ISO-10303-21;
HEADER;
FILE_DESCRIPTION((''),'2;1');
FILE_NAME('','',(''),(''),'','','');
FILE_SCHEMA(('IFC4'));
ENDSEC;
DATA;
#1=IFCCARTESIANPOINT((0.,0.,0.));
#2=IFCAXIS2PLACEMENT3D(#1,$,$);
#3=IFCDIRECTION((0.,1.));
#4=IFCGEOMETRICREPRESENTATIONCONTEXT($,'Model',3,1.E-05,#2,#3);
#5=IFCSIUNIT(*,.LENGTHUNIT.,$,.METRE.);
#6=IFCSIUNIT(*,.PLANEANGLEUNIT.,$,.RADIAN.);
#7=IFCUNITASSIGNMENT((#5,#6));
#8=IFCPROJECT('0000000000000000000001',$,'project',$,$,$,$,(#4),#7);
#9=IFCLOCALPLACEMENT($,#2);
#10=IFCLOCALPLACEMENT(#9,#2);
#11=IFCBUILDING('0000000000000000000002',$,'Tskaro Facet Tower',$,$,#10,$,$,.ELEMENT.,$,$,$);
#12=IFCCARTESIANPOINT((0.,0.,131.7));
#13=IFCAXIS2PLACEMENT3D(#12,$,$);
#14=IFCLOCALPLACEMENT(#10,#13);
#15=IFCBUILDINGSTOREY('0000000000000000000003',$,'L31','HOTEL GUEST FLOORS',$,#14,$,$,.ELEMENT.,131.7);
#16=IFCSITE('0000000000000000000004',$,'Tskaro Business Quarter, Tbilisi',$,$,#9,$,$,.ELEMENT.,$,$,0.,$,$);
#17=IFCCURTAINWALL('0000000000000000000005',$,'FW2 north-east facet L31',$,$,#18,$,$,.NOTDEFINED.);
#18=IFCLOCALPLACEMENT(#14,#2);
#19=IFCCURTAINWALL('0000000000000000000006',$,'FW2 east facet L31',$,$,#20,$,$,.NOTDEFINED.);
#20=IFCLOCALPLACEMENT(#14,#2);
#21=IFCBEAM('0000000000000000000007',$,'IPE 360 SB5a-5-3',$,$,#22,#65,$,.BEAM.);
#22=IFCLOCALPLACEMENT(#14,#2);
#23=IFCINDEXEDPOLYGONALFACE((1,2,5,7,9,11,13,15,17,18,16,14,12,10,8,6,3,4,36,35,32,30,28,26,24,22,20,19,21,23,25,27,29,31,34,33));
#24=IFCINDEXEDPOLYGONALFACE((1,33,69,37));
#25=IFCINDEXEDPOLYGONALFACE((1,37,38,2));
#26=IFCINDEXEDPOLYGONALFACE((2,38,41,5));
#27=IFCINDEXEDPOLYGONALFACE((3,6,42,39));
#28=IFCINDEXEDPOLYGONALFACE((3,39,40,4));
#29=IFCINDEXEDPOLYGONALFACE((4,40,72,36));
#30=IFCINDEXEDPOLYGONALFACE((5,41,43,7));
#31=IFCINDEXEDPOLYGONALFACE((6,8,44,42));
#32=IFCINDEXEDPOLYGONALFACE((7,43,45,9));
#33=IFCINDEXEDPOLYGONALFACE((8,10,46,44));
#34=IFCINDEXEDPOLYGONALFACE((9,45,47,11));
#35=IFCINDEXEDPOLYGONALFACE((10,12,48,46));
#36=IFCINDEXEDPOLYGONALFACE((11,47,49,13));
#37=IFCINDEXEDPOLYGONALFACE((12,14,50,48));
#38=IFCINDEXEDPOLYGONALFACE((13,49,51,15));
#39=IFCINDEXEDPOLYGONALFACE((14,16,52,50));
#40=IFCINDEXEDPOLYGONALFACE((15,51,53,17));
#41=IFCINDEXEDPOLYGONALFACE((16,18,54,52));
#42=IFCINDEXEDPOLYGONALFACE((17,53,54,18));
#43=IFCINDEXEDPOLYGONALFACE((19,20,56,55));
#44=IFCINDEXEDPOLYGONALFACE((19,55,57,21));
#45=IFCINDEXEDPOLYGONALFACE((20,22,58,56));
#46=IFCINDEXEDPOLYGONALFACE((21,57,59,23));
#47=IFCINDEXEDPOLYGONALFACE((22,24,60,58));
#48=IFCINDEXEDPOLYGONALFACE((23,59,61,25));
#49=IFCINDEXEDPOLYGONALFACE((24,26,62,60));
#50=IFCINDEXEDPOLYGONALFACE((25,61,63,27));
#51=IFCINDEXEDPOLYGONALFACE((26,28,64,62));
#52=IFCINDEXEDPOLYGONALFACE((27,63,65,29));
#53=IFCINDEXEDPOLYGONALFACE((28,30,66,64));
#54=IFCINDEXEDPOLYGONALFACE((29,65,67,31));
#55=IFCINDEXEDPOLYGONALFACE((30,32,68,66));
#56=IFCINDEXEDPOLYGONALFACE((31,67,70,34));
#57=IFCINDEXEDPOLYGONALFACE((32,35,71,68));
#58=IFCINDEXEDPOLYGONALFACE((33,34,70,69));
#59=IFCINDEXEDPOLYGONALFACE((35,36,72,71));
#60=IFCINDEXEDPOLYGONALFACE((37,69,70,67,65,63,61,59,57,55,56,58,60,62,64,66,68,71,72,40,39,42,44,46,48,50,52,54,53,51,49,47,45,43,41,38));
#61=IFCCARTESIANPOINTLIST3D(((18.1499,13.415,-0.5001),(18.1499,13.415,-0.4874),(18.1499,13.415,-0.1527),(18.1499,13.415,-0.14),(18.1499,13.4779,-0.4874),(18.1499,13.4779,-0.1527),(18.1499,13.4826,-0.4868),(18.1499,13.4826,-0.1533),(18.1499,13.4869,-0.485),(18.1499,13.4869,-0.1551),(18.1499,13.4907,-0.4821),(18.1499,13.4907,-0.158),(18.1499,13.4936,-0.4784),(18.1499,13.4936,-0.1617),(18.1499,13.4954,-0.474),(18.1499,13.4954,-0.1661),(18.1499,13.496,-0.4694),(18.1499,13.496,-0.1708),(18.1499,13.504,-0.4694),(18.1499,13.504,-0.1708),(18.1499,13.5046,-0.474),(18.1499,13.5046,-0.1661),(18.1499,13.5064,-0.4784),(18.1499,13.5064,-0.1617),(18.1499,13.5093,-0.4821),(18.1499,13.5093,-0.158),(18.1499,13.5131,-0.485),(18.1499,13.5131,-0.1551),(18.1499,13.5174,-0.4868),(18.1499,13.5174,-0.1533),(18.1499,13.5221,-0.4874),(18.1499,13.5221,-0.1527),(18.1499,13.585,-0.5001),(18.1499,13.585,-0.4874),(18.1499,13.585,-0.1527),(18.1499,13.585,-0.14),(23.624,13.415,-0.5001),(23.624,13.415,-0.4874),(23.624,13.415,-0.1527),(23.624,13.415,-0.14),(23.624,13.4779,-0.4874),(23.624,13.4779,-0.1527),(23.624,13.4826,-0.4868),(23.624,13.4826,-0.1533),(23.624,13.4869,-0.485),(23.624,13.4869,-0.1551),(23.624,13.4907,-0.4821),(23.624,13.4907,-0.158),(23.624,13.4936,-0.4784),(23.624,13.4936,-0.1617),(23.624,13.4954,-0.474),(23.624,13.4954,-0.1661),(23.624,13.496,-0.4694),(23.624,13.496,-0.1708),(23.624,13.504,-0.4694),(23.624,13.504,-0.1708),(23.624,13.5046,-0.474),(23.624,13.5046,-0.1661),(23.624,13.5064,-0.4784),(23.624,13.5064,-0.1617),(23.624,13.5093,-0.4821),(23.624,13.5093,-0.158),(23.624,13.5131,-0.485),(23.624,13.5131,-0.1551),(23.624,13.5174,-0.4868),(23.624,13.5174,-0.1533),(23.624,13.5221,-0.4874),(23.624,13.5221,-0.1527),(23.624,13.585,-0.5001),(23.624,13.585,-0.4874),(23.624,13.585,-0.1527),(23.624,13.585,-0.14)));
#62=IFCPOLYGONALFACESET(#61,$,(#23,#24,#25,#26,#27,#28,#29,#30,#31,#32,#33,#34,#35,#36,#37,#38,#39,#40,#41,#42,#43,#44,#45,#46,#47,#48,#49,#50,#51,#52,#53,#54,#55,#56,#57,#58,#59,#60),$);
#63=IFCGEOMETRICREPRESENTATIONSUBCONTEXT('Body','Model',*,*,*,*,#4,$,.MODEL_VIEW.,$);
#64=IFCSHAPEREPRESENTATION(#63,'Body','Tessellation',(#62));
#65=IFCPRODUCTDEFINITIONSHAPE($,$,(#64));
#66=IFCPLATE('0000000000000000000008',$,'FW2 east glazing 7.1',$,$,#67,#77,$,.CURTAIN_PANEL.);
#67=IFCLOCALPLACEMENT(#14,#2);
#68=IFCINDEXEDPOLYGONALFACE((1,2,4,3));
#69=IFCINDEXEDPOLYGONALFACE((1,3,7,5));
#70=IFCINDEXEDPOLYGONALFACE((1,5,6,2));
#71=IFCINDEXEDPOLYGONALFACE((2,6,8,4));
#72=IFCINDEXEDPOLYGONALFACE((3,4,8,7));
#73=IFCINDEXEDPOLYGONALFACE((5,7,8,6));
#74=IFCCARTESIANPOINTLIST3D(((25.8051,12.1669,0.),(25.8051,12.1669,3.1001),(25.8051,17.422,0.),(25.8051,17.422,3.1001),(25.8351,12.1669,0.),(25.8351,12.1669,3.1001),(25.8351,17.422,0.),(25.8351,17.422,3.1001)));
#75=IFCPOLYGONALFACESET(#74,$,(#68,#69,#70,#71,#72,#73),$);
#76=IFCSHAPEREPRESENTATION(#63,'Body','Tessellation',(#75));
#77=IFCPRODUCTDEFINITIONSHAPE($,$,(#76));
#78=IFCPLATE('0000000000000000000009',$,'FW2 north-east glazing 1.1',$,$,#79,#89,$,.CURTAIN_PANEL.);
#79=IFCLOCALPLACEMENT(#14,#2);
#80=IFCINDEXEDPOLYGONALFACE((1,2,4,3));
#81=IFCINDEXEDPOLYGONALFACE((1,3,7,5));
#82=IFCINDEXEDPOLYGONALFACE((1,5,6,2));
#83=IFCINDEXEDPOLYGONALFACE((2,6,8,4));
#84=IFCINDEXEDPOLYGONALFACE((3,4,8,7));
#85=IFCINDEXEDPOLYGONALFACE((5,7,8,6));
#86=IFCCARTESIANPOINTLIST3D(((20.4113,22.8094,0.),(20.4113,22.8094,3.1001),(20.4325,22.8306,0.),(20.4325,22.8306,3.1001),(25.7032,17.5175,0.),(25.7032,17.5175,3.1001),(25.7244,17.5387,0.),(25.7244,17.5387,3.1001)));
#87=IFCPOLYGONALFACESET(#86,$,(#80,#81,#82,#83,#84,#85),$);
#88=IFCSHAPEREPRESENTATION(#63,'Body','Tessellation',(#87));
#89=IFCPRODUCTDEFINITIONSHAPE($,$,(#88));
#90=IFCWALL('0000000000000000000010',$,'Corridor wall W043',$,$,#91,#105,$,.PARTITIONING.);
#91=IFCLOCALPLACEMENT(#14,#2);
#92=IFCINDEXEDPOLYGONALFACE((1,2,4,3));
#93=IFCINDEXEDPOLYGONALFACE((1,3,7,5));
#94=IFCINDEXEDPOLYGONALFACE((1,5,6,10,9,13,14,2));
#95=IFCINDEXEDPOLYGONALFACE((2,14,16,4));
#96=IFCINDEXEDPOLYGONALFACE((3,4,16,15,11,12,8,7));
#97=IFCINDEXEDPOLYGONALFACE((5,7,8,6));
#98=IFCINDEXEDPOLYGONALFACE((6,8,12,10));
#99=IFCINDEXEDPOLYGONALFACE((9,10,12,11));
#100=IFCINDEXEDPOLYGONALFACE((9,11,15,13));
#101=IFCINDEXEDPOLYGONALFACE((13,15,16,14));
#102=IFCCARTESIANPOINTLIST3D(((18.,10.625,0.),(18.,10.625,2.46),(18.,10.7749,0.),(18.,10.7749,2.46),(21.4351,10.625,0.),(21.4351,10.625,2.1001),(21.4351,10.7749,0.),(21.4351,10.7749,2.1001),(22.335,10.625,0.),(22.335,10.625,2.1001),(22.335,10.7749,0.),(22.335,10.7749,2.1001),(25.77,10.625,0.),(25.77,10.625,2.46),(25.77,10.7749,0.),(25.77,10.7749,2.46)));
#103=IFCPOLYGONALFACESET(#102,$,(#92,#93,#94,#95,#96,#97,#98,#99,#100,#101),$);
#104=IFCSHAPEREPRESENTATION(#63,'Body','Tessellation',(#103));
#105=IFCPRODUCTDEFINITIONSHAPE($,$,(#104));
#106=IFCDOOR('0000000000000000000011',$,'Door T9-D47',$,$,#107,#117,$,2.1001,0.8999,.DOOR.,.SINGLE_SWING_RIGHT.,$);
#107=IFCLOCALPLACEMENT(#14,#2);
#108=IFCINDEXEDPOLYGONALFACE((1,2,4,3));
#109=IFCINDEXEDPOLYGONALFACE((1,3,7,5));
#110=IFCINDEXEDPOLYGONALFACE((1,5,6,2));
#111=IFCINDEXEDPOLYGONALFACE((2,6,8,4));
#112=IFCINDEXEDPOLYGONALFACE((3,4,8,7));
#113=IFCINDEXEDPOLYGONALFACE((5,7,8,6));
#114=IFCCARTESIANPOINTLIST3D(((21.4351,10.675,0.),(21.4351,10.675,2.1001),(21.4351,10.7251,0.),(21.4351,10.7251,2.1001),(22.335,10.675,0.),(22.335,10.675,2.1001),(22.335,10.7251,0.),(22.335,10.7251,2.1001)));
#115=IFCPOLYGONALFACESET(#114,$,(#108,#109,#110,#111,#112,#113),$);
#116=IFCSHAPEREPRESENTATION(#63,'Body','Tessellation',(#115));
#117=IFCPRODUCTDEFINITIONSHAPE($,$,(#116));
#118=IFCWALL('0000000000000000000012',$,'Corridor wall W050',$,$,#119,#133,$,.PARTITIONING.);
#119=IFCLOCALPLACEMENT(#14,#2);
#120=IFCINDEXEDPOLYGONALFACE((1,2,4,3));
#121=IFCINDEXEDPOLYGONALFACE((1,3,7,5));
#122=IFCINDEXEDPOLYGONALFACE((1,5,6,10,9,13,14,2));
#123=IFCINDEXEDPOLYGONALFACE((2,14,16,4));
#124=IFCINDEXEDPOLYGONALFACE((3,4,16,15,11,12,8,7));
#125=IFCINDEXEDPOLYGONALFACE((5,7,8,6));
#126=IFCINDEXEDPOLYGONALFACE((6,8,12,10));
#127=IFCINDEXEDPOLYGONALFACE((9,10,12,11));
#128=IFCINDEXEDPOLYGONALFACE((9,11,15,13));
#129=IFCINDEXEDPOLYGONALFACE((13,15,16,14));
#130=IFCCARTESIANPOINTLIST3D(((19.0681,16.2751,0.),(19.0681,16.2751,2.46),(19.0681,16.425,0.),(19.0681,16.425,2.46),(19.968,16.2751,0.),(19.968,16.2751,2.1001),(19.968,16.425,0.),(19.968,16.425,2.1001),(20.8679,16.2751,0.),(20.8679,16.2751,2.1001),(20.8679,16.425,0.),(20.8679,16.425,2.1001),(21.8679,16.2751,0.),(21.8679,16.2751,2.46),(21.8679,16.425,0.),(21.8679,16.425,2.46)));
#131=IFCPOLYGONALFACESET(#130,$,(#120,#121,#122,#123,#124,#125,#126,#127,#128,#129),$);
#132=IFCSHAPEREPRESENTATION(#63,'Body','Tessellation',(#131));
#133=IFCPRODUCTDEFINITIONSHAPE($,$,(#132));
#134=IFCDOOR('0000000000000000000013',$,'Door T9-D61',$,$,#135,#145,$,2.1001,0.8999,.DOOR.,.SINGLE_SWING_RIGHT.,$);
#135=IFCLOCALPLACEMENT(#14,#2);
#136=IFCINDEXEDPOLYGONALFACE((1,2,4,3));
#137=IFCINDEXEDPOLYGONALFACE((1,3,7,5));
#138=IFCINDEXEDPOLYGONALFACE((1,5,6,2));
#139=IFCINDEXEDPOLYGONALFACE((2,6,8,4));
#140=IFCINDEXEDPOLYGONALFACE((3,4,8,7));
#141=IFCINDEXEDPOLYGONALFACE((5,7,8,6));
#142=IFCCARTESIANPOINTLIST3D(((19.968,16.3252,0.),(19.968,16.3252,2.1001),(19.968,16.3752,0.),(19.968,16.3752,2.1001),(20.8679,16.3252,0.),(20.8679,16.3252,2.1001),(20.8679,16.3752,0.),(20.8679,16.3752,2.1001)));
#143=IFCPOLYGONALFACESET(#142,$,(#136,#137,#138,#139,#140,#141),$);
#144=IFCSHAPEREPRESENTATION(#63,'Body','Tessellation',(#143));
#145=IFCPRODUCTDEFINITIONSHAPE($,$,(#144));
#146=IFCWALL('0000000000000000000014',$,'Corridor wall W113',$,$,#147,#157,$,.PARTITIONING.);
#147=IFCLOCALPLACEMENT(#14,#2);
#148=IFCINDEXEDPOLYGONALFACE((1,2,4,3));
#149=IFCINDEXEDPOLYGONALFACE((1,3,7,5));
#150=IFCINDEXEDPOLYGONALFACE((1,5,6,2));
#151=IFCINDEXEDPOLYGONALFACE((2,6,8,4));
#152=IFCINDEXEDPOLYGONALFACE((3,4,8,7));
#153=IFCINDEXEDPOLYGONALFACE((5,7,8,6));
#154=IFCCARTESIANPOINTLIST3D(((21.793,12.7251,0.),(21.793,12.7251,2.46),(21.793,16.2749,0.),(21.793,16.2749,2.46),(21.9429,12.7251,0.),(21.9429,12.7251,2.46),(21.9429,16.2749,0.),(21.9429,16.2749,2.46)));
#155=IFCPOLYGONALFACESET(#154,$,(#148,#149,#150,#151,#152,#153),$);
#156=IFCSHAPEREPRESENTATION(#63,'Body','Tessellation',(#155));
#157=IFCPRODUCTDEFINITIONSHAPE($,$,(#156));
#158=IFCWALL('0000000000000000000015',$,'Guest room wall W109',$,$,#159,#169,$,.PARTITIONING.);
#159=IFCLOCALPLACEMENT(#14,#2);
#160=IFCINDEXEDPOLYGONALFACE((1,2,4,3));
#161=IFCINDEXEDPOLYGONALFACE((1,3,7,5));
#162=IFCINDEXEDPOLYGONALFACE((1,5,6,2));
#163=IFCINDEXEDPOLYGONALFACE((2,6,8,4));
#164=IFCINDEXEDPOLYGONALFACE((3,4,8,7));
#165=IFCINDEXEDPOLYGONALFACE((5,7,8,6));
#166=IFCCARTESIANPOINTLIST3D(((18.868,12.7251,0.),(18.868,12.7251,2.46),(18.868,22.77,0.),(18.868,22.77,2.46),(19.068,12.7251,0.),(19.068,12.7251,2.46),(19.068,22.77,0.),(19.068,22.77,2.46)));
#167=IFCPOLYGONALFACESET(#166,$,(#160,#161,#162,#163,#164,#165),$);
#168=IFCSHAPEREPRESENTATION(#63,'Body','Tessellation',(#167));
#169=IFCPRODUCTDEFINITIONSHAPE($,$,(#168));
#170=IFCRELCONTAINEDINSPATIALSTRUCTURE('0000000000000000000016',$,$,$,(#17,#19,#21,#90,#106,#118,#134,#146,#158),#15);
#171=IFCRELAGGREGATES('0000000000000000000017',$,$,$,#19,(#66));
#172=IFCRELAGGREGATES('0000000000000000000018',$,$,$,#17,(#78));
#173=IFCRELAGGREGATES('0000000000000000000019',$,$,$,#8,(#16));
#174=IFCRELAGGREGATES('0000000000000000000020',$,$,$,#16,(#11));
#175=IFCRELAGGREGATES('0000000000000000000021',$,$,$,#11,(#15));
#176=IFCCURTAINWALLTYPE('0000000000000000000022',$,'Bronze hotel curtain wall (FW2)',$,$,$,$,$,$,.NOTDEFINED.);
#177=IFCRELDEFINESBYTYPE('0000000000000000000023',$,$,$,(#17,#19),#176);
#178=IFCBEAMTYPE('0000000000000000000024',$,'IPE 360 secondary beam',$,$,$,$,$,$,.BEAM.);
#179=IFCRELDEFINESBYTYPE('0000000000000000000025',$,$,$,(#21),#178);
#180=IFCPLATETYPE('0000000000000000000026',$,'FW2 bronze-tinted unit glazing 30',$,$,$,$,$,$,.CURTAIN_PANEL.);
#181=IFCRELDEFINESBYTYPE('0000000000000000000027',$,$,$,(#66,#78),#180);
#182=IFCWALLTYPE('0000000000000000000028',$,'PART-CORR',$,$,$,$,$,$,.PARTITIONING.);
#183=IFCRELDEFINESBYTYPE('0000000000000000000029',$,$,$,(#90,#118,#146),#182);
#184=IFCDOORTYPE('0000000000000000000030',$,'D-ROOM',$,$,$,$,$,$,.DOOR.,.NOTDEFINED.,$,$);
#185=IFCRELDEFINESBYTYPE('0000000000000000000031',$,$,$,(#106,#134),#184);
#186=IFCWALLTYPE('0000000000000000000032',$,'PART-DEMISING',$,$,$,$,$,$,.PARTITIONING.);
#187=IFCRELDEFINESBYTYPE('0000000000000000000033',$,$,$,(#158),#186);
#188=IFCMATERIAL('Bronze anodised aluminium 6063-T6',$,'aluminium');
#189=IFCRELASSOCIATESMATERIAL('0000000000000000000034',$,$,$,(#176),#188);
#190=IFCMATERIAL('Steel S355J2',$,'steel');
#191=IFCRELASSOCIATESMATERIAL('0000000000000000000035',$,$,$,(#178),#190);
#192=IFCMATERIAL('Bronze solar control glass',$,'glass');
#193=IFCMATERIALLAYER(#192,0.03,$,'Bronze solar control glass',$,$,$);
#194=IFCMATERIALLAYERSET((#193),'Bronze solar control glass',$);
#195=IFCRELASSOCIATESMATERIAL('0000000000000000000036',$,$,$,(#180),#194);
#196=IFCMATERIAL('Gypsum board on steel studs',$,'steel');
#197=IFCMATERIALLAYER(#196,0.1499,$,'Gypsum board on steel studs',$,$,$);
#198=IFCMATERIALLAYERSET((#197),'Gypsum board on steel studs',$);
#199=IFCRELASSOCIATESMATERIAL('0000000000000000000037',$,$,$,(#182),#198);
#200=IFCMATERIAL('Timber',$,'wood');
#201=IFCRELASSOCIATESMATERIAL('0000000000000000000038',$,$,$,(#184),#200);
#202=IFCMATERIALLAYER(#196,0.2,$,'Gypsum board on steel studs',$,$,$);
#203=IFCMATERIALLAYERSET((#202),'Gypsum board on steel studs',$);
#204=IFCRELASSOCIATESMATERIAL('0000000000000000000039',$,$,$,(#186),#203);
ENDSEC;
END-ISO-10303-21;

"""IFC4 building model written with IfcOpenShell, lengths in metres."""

from ifc_helpers import new_model, si_unit, direction, frame, frame_2d, origin, origin_2d, place, context, subcontext, project, spatial, rectangle, i_section, extrude, material, layer, layer_set, material_profile, profile_set, type_object, element, fill, aggregate, save


model = new_model("IFC4")

# Units and contexts
model_context = context("Model", 3, precision=1e-05, world=origin(), true_north=direction((0.0, 1.0)))
body_context = subcontext(model_context, "Body", "Model", "MODEL_VIEW")
ifc_project = project(units=[si_unit("LENGTHUNIT", "METRE"), si_unit("PLANEANGLEUNIT", "RADIAN")], contexts=[model_context])

# Site, building, storey
site_placement = place(None, origin())
site = spatial("IfcSite", under=ifc_project, at=site_placement, Name="Tskaro Business Quarter, Tbilisi", CompositionType="ELEMENT", RefElevation=0.0)
building_placement = place(site_placement, origin())
building = spatial("IfcBuilding", under=site, at=building_placement, Name="Tskaro Facet Tower", CompositionType="ELEMENT")
storey_placement = place(building_placement, frame((0.0, 0.0, 131.7)))
storey = spatial("IfcBuildingStorey", under=building, at=storey_placement, Name="L31", Description="HOTEL GUEST FLOORS", CompositionType="ELEMENT", Elevation=131.7)

# Curtain wall
ifc_material_1 = material(Name="Bronze anodised aluminium 6063-T6", Category="aluminium")
curtain_wall_type = type_object("IfcCurtainWallType", Name="Bronze hotel curtain wall (FW2)", PredefinedType="NOTDEFINED", material=ifc_material_1)
curtain_wall_1_placement = place(storey_placement, origin())
curtain_wall_1 = element("IfcCurtainWall", 1, at=curtain_wall_1_placement, inside=storey, type_object=curtain_wall_type, Name="FW2 north-east facet L31", PredefinedType="NOTDEFINED")

# Curtain wall
curtain_wall_2_placement = place(storey_placement, origin())
curtain_wall_2 = element("IfcCurtainWall", 2, at=curtain_wall_2_placement, inside=storey, type_object=curtain_wall_type, Name="FW2 east facet L31", PredefinedType="NOTDEFINED")

# Beam
ifc_material_2 = material(Name="Steel S355J2", Category="steel")
ifc_material_profile_1 = material_profile(ifc_material_2, i_section(OverallWidth=0.1699, OverallDepth=0.3601, WebThickness=0.0081, FlangeThickness=0.0127, FilletRadius=0.0181, at=origin_2d()), Name="IPE 360")
ifc_profile_set_1 = profile_set([ifc_material_profile_1], Name="Steel S355J2")
beam_type_1 = type_object("IfcBeamType", Name="IPE 360 secondary beam", PredefinedType="BEAM", material=ifc_profile_set_1)
beam_1_placement = place(storey_placement, frame((18.1499, 13.5, -0.3201), z_axis=(1.0, 0.0, 0.0), x_axis=(0.0, 1.0, 0.0)))
element("IfcBeam", 3, at=beam_1_placement, inside=storey, type_object=beam_type_1, Name="IPE 360 SB5a-5-3", PredefinedType="BEAM", context=body_context, shape_type="SweptSolid", body=[
    extrude(i_section(OverallWidth=0.1699, OverallDepth=0.3601, WebThickness=0.0081, FlangeThickness=0.0127, FilletRadius=0.0181, at=origin_2d()), origin(), (0.0, 0.0, 1.0), 5.4741),
])

# Plates
ifc_material_3 = material(Name="Bronze solar control glass", Category="glass")
ifc_layer_1 = layer(ifc_material_3, 0.03, Name="Bronze solar control glass")
ifc_layer_set_1 = layer_set([ifc_layer_1], Name="Bronze solar control glass")
plate_type = type_object("IfcPlateType", Name="FW2 bronze-tinted unit glazing 30", PredefinedType="CURTAIN_PANEL", material=ifc_layer_set_1)
plate_1_placement = place(storey_placement, frame((25.8201, 14.7944, 0.0), z_axis=(0.0, 0.0, 1.0), x_axis=(0.0, 1.0, 0.0)))
plate_1 = element("IfcPlate", 4, at=plate_1_placement, type_object=plate_type, Name="FW2 east glazing 7.1", PredefinedType="CURTAIN_PANEL", context=body_context, shape_type="SweptSolid", body=[
    extrude(rectangle(XDim=5.2551, YDim=0.03, at=origin_2d()), origin(), (0.0, 0.0, 1.0), 3.1001),
])
aggregate(curtain_wall_2, [plate_1])
plate_2_placement = place(storey_placement, frame((23.0679, 20.1741, 0.0), z_axis=(0.0, 0.0, 1.0), x_axis=(-0.707107, 0.707107, 0.0)))
plate_2 = element("IfcPlate", 5, at=plate_2_placement, type_object=plate_type, Name="FW2 north-east glazing 1.1", PredefinedType="CURTAIN_PANEL", context=body_context, shape_type="SweptSolid", body=[
    extrude(rectangle(XDim=7.4839, YDim=0.03, at=origin_2d()), origin(), (0.0, 0.0, 1.0), 3.1001),
])
aggregate(curtain_wall_1, [plate_2])

# Walls, openings, doors
ifc_material_4 = material(Name="Gypsum board on steel studs", Category="steel")
ifc_layer_2 = layer(ifc_material_4, 0.1499, Name="Gypsum board on steel studs")
ifc_layer_set_2 = layer_set([ifc_layer_2], Name="Gypsum board on steel studs")
wall_type_1 = type_object("IfcWallType", Name="PART-CORR", PredefinedType="PARTITIONING", material=ifc_layer_set_2)
wall_1_placement = place(storey_placement, frame((25.77, 10.7, 0.0), z_axis=(0.0, 0.0, 1.0), x_axis=(-1.0, 0.0, 0.0)))
wall_1 = element("IfcWall", 6, at=wall_1_placement, inside=storey, type_object=wall_type_1, Name="Corridor wall W043", PredefinedType="PARTITIONING", context=body_context, shape_type="SweptSolid", body=[
    extrude(rectangle(XDim=7.77, YDim=0.1499, at=frame_2d((3.885, 0.0))), origin(), (0.0, 0.0, 1.0), 2.46),
])
opening_1_placement = place(wall_1_placement, frame((3.4351, 0.0, 0.0)))
opening_1 = element("IfcOpeningElement", 7, at=opening_1_placement, cuts=wall_1, PredefinedType="OPENING", context=body_context, shape_type="SweptSolid", body=[
    extrude(rectangle(XDim=0.8999, YDim=2.1001, at=frame_2d((0.45, 1.05))), frame((0.0, 0.085, 0.0), z_axis=(0.0, -1.0, 0.0), x_axis=(1.0, 0.0, 0.0)), (0.0, 0.0, 1.0), 0.1699),
])
ifc_material_5 = material(Name="Timber", Category="wood")
door_type = type_object("IfcDoorType", Name="D-ROOM", OperationType="NOTDEFINED", PredefinedType="DOOR", material=ifc_material_5)
door_1_placement = place(opening_1_placement, origin())
door_1 = element("IfcDoor", 8, at=door_1_placement, inside=storey, type_object=door_type, Name="Door T9-D47", OperationType="SINGLE_SWING_RIGHT", OverallHeight=2.1001, OverallWidth=0.8999, PredefinedType="DOOR", context=body_context, shape_type="SweptSolid", body=[
    extrude(rectangle(XDim=0.8999, YDim=2.1001, at=frame_2d((0.45, 1.05))), frame((0.0, 0.0249, 0.0), z_axis=(0.0, -1.0, 0.0), x_axis=(1.0, 0.0, 0.0)), (0.0, 0.0, 1.0), 0.05),
])
fill(opening_1, door_1)
wall_2_placement = place(storey_placement, frame((21.8679, 16.3501, 0.0), z_axis=(0.0, 0.0, 1.0), x_axis=(-1.0, 0.0, 0.0)))
wall_2 = element("IfcWall", 9, at=wall_2_placement, inside=storey, type_object=wall_type_1, Name="Corridor wall W050", PredefinedType="PARTITIONING", context=body_context, shape_type="SweptSolid", body=[
    extrude(rectangle(XDim=2.7998, YDim=0.1499, at=frame_2d((1.3999, 0.0))), origin(), (0.0, 0.0, 1.0), 2.46),
])
opening_2_placement = place(wall_2_placement, frame((1.0, 0.0, 0.0)))
opening_2 = element("IfcOpeningElement", 10, at=opening_2_placement, cuts=wall_2, PredefinedType="OPENING", context=body_context, shape_type="SweptSolid", body=[
    extrude(rectangle(XDim=0.8999, YDim=2.1001, at=frame_2d((0.45, 1.05))), frame((0.0, 0.085, 0.0), z_axis=(0.0, -1.0, 0.0), x_axis=(1.0, 0.0, 0.0)), (0.0, 0.0, 1.0), 0.1699),
])
door_2_placement = place(opening_2_placement, origin())
door_2 = element("IfcDoor", 11, at=door_2_placement, inside=storey, type_object=door_type, Name="Door T9-D61", OperationType="SINGLE_SWING_RIGHT", OverallHeight=2.1001, OverallWidth=0.8999, PredefinedType="DOOR", context=body_context, shape_type="SweptSolid", body=[
    extrude(rectangle(XDim=0.8999, YDim=2.1001, at=frame_2d((0.45, 1.05))), frame((0.0, 0.0249, 0.0), z_axis=(0.0, -1.0, 0.0), x_axis=(1.0, 0.0, 0.0)), (0.0, 0.0, 1.0), 0.05),
])
fill(opening_2, door_2)

# Walls
wall_3_placement = place(storey_placement, frame((21.8679, 12.7251, 0.0), z_axis=(0.0, 0.0, 1.0), x_axis=(0.0, 1.0, 0.0)))
element("IfcWall", 12, at=wall_3_placement, inside=storey, type_object=wall_type_1, Name="Corridor wall W113", PredefinedType="PARTITIONING", context=body_context, shape_type="SweptSolid", body=[
    extrude(rectangle(XDim=3.5498, YDim=0.1499, at=frame_2d((1.7749, 0.0))), origin(), (0.0, 0.0, 1.0), 2.46),
])
ifc_layer_3 = layer(ifc_material_4, 0.2, Name="Gypsum board on steel studs")
ifc_layer_set_3 = layer_set([ifc_layer_3], Name="Gypsum board on steel studs")
wall_type_2 = type_object("IfcWallType", Name="PART-DEMISING", PredefinedType="PARTITIONING", material=ifc_layer_set_3)
wall_4_placement = place(storey_placement, frame((18.968, 12.7251, 0.0), z_axis=(0.0, 0.0, 1.0), x_axis=(0.0, 1.0, 0.0)))
element("IfcWall", 13, at=wall_4_placement, inside=storey, type_object=wall_type_2, Name="Guest room wall W109", PredefinedType="PARTITIONING", context=body_context, shape_type="SweptSolid", body=[
    extrude(rectangle(XDim=10.0449, YDim=0.2, at=frame_2d((5.0225, 0.0))), origin(), (0.0, 0.0, 1.0), 2.46),
])

save(model, "model.ifc")
